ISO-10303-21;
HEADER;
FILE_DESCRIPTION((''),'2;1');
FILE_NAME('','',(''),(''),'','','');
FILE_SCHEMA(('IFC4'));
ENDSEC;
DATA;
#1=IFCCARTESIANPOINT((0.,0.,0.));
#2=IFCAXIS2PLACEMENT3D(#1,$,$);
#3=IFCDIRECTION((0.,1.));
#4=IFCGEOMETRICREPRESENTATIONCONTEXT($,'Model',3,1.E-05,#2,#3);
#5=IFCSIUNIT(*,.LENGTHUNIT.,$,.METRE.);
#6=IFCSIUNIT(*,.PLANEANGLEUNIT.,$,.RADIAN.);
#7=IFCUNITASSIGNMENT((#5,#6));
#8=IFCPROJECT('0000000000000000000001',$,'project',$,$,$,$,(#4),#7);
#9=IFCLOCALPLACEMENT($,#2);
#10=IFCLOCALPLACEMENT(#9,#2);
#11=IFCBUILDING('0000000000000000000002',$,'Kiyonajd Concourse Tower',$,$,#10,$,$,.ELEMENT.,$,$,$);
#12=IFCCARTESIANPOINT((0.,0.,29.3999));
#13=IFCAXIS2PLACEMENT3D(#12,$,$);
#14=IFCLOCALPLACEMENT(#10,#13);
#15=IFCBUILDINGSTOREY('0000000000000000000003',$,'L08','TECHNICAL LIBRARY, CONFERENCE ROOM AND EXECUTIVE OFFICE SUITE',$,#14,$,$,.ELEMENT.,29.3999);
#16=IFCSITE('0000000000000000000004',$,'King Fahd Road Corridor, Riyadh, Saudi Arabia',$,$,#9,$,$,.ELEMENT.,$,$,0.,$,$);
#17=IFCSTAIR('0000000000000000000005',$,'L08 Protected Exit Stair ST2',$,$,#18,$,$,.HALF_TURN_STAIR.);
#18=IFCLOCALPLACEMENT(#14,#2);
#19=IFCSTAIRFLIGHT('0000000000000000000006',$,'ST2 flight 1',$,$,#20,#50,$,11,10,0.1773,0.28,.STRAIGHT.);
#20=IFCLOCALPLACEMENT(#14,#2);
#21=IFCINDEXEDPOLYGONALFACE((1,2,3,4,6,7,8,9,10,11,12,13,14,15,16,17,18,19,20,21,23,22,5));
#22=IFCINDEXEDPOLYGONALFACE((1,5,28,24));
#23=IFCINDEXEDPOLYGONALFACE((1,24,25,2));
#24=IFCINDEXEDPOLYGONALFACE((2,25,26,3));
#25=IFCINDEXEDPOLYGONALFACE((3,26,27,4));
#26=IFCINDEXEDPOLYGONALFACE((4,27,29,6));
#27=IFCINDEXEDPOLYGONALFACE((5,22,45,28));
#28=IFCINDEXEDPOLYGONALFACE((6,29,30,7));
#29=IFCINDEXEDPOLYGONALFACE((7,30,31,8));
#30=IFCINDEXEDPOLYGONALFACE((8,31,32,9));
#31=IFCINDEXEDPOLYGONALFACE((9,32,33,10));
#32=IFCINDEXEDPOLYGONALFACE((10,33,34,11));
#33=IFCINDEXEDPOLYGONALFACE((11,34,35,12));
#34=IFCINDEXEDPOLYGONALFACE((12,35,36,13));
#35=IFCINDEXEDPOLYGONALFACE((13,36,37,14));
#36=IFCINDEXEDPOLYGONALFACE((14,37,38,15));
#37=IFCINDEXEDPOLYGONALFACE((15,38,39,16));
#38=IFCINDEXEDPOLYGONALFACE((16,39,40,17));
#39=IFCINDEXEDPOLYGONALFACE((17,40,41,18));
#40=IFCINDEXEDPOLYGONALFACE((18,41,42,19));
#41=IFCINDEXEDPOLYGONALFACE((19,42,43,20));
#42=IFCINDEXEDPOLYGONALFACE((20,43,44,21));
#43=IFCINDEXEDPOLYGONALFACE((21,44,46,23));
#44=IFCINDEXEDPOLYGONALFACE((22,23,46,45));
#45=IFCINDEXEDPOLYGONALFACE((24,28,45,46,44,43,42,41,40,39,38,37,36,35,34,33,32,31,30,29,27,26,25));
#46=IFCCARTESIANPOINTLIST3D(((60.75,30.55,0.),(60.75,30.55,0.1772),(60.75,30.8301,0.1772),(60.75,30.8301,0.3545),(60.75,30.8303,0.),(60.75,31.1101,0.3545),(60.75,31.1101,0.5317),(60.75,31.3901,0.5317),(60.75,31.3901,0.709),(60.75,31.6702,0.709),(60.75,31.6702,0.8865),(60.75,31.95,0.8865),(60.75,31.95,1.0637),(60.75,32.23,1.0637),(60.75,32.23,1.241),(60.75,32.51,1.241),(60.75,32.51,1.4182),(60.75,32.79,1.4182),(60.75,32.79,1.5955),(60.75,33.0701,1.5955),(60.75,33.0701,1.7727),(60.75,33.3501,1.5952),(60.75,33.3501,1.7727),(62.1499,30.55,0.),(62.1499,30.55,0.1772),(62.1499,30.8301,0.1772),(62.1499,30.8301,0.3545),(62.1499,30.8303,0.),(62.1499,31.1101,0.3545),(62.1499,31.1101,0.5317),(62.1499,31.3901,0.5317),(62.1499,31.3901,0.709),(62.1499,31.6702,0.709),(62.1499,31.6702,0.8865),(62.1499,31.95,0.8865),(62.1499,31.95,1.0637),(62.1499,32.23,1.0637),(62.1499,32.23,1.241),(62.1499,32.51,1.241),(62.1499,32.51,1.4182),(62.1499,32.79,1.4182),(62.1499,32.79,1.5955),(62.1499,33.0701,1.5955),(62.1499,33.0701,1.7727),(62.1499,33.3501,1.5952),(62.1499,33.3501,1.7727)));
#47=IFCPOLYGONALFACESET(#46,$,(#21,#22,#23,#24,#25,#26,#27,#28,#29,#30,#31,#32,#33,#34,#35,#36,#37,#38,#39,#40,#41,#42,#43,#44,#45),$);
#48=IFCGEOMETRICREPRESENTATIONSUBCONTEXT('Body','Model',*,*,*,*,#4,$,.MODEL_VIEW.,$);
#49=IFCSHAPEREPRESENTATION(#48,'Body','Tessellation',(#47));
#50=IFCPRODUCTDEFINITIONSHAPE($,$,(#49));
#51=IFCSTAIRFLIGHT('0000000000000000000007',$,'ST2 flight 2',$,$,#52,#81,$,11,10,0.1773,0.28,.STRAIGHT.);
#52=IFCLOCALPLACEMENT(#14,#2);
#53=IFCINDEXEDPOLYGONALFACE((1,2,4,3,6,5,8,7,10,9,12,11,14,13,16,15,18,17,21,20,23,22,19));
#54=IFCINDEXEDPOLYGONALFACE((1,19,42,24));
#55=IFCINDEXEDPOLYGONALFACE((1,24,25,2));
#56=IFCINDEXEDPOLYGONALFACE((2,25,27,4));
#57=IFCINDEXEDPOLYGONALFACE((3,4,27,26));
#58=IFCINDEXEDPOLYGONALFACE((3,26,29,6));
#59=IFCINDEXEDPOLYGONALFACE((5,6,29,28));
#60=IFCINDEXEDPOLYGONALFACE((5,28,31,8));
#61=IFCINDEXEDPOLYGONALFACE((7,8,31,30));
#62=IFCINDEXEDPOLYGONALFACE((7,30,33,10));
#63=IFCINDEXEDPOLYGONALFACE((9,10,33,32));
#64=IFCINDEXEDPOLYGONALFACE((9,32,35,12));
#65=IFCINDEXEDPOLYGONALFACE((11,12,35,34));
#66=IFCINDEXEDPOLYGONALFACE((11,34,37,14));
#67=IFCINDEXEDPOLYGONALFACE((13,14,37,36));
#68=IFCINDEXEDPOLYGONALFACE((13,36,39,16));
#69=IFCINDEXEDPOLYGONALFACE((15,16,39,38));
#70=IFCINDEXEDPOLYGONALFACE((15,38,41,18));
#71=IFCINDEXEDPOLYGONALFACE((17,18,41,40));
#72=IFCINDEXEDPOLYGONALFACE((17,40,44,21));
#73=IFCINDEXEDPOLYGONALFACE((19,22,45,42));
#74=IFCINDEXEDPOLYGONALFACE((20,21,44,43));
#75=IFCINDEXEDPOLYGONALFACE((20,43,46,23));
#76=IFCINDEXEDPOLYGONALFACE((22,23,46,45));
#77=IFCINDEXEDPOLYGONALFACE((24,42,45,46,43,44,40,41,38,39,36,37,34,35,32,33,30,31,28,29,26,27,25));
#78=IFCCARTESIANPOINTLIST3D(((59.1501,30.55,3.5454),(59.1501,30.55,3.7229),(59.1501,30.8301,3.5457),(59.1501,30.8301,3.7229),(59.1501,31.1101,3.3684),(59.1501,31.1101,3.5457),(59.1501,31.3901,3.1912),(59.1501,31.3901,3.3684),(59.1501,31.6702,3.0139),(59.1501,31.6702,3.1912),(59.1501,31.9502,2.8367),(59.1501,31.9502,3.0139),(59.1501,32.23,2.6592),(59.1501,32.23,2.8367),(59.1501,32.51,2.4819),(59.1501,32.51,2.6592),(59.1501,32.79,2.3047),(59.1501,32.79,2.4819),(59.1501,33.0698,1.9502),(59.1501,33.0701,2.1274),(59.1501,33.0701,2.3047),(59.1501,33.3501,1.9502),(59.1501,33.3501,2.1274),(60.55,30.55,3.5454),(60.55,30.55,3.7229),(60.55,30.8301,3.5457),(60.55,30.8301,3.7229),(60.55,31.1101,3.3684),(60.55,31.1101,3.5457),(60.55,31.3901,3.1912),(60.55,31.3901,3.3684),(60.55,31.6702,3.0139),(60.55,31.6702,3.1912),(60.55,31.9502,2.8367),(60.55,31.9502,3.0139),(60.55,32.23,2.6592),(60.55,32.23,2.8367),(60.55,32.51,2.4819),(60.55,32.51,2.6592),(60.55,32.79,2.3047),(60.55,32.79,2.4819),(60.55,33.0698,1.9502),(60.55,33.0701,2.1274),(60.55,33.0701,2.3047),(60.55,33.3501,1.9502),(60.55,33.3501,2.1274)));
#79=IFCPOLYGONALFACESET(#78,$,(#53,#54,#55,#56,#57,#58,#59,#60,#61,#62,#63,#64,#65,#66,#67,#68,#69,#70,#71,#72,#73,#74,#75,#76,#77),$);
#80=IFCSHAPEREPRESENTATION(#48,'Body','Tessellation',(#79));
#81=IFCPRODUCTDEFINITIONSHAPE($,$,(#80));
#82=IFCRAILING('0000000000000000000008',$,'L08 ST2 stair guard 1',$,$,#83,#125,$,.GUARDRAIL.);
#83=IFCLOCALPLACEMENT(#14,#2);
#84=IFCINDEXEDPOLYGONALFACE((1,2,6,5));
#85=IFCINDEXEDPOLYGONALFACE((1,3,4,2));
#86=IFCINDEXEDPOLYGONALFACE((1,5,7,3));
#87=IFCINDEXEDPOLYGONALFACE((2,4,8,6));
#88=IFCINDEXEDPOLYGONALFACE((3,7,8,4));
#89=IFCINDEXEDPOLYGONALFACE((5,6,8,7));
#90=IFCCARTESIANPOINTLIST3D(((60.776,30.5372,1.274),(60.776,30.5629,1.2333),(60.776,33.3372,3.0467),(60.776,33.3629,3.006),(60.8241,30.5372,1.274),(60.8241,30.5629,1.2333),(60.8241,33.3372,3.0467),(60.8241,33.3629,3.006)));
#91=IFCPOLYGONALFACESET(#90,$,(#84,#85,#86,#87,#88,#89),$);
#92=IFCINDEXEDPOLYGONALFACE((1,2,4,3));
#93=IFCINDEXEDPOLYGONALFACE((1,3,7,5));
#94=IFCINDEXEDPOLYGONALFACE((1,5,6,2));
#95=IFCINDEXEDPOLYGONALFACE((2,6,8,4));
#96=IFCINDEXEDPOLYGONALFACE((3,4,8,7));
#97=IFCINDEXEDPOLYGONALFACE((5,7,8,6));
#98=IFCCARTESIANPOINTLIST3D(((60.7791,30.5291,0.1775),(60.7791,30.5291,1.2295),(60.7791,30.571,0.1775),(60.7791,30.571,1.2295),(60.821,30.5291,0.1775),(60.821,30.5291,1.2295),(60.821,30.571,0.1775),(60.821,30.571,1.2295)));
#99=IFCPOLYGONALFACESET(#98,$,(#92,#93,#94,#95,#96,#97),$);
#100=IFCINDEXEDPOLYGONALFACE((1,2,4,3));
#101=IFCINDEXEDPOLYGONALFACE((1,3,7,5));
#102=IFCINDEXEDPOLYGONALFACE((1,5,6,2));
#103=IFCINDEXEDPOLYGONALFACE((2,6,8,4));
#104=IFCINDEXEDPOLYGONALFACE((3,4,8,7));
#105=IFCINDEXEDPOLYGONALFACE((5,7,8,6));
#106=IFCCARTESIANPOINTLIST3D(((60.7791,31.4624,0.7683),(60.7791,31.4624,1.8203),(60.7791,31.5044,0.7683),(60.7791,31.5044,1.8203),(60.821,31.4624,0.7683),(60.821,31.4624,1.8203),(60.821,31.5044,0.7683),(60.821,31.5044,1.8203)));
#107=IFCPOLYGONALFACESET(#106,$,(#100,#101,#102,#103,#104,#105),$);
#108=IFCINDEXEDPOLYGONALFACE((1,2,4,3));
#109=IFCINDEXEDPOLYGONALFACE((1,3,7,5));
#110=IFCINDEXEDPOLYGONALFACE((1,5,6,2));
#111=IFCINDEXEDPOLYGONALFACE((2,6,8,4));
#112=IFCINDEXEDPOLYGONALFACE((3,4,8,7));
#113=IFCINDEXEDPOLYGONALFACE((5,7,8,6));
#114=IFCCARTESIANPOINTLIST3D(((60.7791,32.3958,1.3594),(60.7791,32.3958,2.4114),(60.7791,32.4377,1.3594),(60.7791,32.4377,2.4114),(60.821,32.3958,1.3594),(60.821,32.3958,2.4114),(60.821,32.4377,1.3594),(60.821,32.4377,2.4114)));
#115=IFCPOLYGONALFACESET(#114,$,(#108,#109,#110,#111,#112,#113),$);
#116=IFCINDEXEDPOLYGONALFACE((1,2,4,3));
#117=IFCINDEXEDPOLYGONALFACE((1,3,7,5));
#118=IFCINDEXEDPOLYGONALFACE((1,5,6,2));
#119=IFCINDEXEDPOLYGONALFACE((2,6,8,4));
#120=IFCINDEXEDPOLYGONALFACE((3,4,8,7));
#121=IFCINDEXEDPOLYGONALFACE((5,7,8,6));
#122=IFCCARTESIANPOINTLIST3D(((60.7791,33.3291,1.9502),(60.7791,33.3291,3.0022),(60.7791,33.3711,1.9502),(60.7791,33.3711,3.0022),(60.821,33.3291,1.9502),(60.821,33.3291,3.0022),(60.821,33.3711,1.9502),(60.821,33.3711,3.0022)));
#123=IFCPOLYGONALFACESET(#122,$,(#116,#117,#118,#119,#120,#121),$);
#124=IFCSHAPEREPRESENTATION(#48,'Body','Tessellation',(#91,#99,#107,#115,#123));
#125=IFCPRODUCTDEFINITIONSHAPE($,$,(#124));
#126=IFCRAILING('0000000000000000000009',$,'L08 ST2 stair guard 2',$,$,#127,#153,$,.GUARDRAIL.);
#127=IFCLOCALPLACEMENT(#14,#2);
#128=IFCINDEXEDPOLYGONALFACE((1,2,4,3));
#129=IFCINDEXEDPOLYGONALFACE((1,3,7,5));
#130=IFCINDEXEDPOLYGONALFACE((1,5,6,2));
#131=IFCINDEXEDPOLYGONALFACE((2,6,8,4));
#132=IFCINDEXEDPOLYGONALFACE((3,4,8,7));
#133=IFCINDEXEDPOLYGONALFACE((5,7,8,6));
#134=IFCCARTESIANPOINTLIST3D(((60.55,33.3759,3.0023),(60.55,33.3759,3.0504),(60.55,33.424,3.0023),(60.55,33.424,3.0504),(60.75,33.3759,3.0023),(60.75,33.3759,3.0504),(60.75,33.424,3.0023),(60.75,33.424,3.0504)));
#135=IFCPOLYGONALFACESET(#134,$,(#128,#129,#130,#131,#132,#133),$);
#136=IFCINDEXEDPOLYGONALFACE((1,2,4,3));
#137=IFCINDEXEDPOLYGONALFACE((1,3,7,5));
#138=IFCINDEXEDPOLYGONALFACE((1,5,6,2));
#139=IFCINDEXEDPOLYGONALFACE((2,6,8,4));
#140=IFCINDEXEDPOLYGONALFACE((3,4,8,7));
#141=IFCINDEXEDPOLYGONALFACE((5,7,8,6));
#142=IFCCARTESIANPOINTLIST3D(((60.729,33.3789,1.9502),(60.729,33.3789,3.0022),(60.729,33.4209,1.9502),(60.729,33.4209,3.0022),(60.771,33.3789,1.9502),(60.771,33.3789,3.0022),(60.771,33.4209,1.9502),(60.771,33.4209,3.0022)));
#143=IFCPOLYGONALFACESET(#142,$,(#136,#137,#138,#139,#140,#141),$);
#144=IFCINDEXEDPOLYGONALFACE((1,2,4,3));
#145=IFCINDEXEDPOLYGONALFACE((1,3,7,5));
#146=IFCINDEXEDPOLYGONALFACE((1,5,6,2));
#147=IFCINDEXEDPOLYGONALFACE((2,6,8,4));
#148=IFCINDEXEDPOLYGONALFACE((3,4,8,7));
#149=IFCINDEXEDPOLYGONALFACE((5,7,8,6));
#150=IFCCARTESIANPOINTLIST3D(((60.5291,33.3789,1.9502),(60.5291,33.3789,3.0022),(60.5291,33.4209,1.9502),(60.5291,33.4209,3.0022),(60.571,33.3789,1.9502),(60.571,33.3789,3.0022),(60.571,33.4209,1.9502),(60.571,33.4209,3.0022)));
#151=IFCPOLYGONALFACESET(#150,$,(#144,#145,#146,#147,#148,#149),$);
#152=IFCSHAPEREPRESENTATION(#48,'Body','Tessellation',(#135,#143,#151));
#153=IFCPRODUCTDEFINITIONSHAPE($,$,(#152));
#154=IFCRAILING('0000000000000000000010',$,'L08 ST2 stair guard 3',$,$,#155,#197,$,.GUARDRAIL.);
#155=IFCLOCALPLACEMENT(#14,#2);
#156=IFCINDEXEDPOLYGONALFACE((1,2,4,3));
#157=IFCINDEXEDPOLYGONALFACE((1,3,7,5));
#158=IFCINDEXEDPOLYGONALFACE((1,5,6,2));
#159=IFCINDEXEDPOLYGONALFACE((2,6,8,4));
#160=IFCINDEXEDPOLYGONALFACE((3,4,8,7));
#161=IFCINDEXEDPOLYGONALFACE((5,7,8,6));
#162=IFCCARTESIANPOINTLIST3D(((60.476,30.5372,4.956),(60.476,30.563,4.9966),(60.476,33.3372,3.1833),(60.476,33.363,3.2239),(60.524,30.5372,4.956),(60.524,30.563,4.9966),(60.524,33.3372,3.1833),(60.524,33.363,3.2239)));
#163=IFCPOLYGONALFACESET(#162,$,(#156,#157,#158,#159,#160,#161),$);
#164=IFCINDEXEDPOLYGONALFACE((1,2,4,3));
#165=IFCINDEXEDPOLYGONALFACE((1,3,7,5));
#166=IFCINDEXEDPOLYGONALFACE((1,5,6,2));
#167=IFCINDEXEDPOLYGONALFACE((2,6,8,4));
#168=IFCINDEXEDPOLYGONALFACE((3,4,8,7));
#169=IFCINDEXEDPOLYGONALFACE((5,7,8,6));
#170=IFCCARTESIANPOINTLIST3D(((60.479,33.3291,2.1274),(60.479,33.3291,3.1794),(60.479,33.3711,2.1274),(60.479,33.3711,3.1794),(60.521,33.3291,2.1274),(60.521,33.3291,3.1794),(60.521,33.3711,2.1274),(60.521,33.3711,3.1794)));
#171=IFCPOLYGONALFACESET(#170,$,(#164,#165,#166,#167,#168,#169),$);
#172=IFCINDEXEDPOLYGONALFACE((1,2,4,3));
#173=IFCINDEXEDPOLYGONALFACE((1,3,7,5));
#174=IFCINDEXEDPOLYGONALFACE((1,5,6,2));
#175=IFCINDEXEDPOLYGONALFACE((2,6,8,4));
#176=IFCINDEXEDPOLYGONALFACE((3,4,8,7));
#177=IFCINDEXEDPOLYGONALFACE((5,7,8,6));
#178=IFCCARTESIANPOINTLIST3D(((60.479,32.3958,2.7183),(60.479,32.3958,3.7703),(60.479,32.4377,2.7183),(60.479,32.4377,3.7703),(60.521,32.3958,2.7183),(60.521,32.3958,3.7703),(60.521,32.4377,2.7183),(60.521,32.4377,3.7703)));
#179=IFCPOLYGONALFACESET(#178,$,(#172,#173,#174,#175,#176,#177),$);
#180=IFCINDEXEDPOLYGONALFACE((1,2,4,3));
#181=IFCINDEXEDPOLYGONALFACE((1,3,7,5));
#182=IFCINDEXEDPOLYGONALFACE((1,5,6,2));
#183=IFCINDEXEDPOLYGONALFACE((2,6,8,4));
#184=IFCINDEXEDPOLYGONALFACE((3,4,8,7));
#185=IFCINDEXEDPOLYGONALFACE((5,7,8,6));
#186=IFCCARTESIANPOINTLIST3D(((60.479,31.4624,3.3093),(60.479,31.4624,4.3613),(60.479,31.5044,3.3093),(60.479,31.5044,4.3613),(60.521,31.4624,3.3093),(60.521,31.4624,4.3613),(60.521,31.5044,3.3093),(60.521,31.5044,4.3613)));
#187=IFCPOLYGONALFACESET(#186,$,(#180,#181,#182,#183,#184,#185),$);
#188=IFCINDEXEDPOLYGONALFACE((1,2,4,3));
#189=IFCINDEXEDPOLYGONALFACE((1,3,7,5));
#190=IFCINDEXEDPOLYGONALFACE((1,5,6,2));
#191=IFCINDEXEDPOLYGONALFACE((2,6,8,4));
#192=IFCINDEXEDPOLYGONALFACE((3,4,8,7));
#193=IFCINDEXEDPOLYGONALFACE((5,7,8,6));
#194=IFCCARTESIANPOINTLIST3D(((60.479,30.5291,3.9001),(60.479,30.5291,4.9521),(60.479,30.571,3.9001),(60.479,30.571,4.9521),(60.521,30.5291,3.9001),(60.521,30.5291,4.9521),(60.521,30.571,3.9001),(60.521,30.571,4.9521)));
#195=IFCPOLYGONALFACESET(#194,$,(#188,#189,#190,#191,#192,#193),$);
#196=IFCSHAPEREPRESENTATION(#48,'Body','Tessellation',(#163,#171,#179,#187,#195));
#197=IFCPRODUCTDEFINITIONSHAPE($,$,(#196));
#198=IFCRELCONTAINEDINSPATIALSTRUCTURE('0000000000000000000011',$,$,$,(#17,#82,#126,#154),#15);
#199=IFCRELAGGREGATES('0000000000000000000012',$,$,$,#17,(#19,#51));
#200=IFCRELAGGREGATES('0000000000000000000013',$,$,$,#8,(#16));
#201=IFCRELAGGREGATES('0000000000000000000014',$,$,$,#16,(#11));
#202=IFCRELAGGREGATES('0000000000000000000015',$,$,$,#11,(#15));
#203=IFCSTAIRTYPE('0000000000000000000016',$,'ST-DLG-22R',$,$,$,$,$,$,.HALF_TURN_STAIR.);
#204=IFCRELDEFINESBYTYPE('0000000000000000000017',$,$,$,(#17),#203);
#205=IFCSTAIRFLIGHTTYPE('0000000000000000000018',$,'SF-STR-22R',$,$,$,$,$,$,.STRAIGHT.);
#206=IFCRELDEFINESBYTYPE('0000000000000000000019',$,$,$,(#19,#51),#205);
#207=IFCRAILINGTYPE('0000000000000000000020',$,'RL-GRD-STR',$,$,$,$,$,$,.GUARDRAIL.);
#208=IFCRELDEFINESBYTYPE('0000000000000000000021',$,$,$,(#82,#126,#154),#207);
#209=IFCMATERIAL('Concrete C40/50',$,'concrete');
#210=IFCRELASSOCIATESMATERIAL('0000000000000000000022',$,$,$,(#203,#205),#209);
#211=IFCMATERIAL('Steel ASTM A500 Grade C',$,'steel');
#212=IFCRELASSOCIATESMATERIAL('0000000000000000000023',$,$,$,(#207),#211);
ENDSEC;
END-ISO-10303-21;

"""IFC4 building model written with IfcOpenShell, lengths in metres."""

from ifc_helpers import new_model, si_unit, direction, frame, origin, origin_2d, place, context, subcontext, project, spatial, polyline, rectangle, outline, extrude, material, type_object, element, aggregate, save


model = new_model("IFC4")

# Units and contexts
model_context = context("Model", 3, precision=1e-05, world=origin(), true_north=direction((0.0, 1.0)))
body_context = subcontext(model_context, "Body", "Model", "MODEL_VIEW")
ifc_project = project(units=[si_unit("LENGTHUNIT", "METRE"), si_unit("PLANEANGLEUNIT", "RADIAN")], contexts=[model_context])

# Site, building, storey
site_placement = place(None, origin())
site = spatial("IfcSite", under=ifc_project, at=site_placement, Name="King Fahd Road Corridor, Riyadh, Saudi Arabia", CompositionType="ELEMENT", RefElevation=0.0)
building_placement = place(site_placement, origin())
building = spatial("IfcBuilding", under=site, at=building_placement, Name="Kiyonajd Concourse Tower", CompositionType="ELEMENT")
storey_placement = place(building_placement, frame((0.0, 0.0, 29.3999)))
storey = spatial("IfcBuildingStorey", under=building, at=storey_placement, Name="L08", Description="TECHNICAL LIBRARY, CONFERENCE ROOM AND EXECUTIVE OFFICE SUITE", CompositionType="ELEMENT", Elevation=29.3999)

# Stair, stair flights
ifc_material_1 = material(Name="Concrete C40/50", Category="concrete")
stair_type = type_object("IfcStairType", Name="ST-DLG-22R", PredefinedType="HALF_TURN_STAIR", material=ifc_material_1)
stair_placement = place(storey_placement, origin())
stair = element("IfcStair", 1, at=stair_placement, inside=storey, type_object=stair_type, Name="L08 Protected Exit Stair ST2", PredefinedType="HALF_TURN_STAIR")
stair_flight_type = type_object("IfcStairFlightType", Name="SF-STR-22R", PredefinedType="STRAIGHT", material=ifc_material_1)
stair_flight_1_placement = place(storey_placement, frame((61.45, 30.55, 0.0), z_axis=(0.0, 0.0, 1.0), x_axis=(0.0, 1.0, 0.0)))
stair_flight_1 = element("IfcStairFlight", 2, at=stair_flight_1_placement, type_object=stair_flight_type, Name="ST2 flight 1", NumberOfRisers=11, NumberOfTreads=10, PredefinedType="STRAIGHT", RiserHeight=0.1773, TreadLength=0.28, context=body_context, shape_type="SweptSolid", body=[
    extrude(outline(polyline([(0.0, 0.0), (0.0, 0.1772), (0.28, 0.1772), (0.28, 0.3545), (0.5601, 0.3545), (0.5601, 0.5317), (0.8401, 0.5317), (0.8401, 0.709), (1.1201, 0.709), (1.1201, 0.8865), (1.3999, 0.8865), (1.3999, 1.0637), (1.6799, 1.0637), (1.6799, 1.241), (1.96, 1.241), (1.96, 1.4182), (2.24, 1.4182), (2.24, 1.5955), (2.52, 1.5955), (2.52, 1.7727), (2.8, 1.7727), (2.8, 1.95), (2.8, 1.5952), (0.2803, 0.0), (0.0, 0.0)])), frame((0.0, 0.7, 0.0), z_axis=(0.0, -1.0, 0.0), x_axis=(1.0, 0.0, 0.0)), (0.0, 0.0, 1.0), 1.3999),
])
stair_flight_2_placement = place(storey_placement, frame((59.8501, 33.3501, 1.9502), z_axis=(0.0, 0.0, 1.0), x_axis=(0.0, -1.0, 0.0)))
stair_flight_2 = element("IfcStairFlight", 3, at=stair_flight_2_placement, type_object=stair_flight_type, Name="ST2 flight 2", NumberOfRisers=11, NumberOfTreads=10, PredefinedType="STRAIGHT", RiserHeight=0.1773, TreadLength=0.28, context=body_context, shape_type="SweptSolid", body=[
    extrude(outline(polyline([(0.0, 0.0), (0.0, 0.1772), (0.28, 0.1772), (0.28, 0.3545), (0.5601, 0.3545), (0.5601, 0.5317), (0.8401, 0.5317), (0.8401, 0.709), (1.1201, 0.709), (1.1201, 0.8865), (1.3999, 0.8865), (1.3999, 1.0637), (1.6799, 1.0637), (1.6799, 1.241), (1.96, 1.241), (1.96, 1.4182), (2.24, 1.4182), (2.24, 1.5955), (2.52, 1.5955), (2.52, 1.7727), (2.8, 1.7727), (2.8, 1.95), (2.8, 1.5952), (0.2803, 0.0), (0.0, 0.0)])), frame((0.0, 0.7, 0.0), z_axis=(0.0, -1.0, 0.0), x_axis=(1.0, 0.0, 0.0)), (0.0, 0.0, 1.0), 1.3999),
])
aggregate(stair, [stair_flight_1, stair_flight_2])

# Railings
ifc_material_2 = material(Name="Steel ASTM A500 Grade C", Category="steel")
railing_type_1 = type_object("IfcRailingType", Name="RL-GRD-STR", PredefinedType="GUARDRAIL", material=ifc_material_2)
railing_1_placement = place(storey_placement, frame((60.8, 30.55, 0.1775)))
element("IfcRailing", 4, at=railing_1_placement, inside=storey, type_object=railing_type_1, Name="L08 ST2 stair guard 1", PredefinedType="GUARDRAIL", context=body_context, shape_type="SweptSolid", body=[
    extrude(rectangle(XDim=0.0481, YDim=0.0481, at=origin_2d()), frame((0.0, 0.0, 1.0762), z_axis=(0.0, 0.844909, 0.53491), x_axis=(-1.0, 0.0, 0.0)), (0.0, 0.0, 1.0), 3.314),
    extrude(rectangle(XDim=0.042, YDim=0.042, at=origin_2d()), origin(), (0.0, 0.0, 1.0), 1.052),
    extrude(rectangle(XDim=0.042, YDim=0.042, at=origin_2d()), frame((0.0, 0.9333, 0.5908)), (0.0, 0.0, 1.0), 1.052),
    extrude(rectangle(XDim=0.042, YDim=0.042, at=origin_2d()), frame((0.0, 1.8667, 1.1819)), (0.0, 0.0, 1.0), 1.052),
    extrude(rectangle(XDim=0.042, YDim=0.042, at=origin_2d()), frame((0.0, 2.8, 1.7727)), (0.0, 0.0, 1.0), 1.052),
])
railing_2_placement = place(storey_placement, frame((60.75, 33.3999, 1.9502)))
element("IfcRailing", 5, at=railing_2_placement, inside=storey, type_object=railing_type_1, Name="L08 ST2 stair guard 2", PredefinedType="GUARDRAIL", context=body_context, shape_type="SweptSolid", body=[
    extrude(rectangle(XDim=0.0481, YDim=0.0481, at=origin_2d()), frame((0.0, 0.0, 1.0762), z_axis=(-1.0, 0.0, 0.0), x_axis=(0.0, -1.0, 0.0)), (0.0, 0.0, 1.0), 0.2),
    extrude(rectangle(XDim=0.042, YDim=0.042, at=origin_2d()), origin(), (0.0, 0.0, 1.0), 1.052),
    extrude(rectangle(XDim=0.042, YDim=0.042, at=origin_2d()), frame((-0.2, 0.0, 0.0)), (0.0, 0.0, 1.0), 1.052),
])
railing_3_placement = place(storey_placement, frame((60.5, 33.3501, 2.1274)))
element("IfcRailing", 6, at=railing_3_placement, inside=storey, type_object=railing_type_1, Name="L08 ST2 stair guard 3", PredefinedType="GUARDRAIL", context=body_context, shape_type="SweptSolid", body=[
    extrude(rectangle(XDim=0.0481, YDim=0.0481, at=origin_2d()), frame((0.0, 0.0, 1.0762), z_axis=(0.0, -0.844909, 0.53491), x_axis=(1.0, 0.0, 0.0)), (0.0, 0.0, 1.0), 3.314),
    extrude(rectangle(XDim=0.042, YDim=0.042, at=origin_2d()), origin(), (0.0, 0.0, 1.0), 1.052),
    extrude(rectangle(XDim=0.042, YDim=0.042, at=origin_2d()), frame((0.0, -0.9333, 0.5908)), (0.0, 0.0, 1.0), 1.052),
    extrude(rectangle(XDim=0.042, YDim=0.042, at=origin_2d()), frame((0.0, -1.8667, 1.1819)), (0.0, 0.0, 1.0), 1.052),
    extrude(rectangle(XDim=0.042, YDim=0.042, at=origin_2d()), frame((0.0, -2.8, 1.7727)), (0.0, 0.0, 1.0), 1.052),
])

save(model, "model.ifc")
